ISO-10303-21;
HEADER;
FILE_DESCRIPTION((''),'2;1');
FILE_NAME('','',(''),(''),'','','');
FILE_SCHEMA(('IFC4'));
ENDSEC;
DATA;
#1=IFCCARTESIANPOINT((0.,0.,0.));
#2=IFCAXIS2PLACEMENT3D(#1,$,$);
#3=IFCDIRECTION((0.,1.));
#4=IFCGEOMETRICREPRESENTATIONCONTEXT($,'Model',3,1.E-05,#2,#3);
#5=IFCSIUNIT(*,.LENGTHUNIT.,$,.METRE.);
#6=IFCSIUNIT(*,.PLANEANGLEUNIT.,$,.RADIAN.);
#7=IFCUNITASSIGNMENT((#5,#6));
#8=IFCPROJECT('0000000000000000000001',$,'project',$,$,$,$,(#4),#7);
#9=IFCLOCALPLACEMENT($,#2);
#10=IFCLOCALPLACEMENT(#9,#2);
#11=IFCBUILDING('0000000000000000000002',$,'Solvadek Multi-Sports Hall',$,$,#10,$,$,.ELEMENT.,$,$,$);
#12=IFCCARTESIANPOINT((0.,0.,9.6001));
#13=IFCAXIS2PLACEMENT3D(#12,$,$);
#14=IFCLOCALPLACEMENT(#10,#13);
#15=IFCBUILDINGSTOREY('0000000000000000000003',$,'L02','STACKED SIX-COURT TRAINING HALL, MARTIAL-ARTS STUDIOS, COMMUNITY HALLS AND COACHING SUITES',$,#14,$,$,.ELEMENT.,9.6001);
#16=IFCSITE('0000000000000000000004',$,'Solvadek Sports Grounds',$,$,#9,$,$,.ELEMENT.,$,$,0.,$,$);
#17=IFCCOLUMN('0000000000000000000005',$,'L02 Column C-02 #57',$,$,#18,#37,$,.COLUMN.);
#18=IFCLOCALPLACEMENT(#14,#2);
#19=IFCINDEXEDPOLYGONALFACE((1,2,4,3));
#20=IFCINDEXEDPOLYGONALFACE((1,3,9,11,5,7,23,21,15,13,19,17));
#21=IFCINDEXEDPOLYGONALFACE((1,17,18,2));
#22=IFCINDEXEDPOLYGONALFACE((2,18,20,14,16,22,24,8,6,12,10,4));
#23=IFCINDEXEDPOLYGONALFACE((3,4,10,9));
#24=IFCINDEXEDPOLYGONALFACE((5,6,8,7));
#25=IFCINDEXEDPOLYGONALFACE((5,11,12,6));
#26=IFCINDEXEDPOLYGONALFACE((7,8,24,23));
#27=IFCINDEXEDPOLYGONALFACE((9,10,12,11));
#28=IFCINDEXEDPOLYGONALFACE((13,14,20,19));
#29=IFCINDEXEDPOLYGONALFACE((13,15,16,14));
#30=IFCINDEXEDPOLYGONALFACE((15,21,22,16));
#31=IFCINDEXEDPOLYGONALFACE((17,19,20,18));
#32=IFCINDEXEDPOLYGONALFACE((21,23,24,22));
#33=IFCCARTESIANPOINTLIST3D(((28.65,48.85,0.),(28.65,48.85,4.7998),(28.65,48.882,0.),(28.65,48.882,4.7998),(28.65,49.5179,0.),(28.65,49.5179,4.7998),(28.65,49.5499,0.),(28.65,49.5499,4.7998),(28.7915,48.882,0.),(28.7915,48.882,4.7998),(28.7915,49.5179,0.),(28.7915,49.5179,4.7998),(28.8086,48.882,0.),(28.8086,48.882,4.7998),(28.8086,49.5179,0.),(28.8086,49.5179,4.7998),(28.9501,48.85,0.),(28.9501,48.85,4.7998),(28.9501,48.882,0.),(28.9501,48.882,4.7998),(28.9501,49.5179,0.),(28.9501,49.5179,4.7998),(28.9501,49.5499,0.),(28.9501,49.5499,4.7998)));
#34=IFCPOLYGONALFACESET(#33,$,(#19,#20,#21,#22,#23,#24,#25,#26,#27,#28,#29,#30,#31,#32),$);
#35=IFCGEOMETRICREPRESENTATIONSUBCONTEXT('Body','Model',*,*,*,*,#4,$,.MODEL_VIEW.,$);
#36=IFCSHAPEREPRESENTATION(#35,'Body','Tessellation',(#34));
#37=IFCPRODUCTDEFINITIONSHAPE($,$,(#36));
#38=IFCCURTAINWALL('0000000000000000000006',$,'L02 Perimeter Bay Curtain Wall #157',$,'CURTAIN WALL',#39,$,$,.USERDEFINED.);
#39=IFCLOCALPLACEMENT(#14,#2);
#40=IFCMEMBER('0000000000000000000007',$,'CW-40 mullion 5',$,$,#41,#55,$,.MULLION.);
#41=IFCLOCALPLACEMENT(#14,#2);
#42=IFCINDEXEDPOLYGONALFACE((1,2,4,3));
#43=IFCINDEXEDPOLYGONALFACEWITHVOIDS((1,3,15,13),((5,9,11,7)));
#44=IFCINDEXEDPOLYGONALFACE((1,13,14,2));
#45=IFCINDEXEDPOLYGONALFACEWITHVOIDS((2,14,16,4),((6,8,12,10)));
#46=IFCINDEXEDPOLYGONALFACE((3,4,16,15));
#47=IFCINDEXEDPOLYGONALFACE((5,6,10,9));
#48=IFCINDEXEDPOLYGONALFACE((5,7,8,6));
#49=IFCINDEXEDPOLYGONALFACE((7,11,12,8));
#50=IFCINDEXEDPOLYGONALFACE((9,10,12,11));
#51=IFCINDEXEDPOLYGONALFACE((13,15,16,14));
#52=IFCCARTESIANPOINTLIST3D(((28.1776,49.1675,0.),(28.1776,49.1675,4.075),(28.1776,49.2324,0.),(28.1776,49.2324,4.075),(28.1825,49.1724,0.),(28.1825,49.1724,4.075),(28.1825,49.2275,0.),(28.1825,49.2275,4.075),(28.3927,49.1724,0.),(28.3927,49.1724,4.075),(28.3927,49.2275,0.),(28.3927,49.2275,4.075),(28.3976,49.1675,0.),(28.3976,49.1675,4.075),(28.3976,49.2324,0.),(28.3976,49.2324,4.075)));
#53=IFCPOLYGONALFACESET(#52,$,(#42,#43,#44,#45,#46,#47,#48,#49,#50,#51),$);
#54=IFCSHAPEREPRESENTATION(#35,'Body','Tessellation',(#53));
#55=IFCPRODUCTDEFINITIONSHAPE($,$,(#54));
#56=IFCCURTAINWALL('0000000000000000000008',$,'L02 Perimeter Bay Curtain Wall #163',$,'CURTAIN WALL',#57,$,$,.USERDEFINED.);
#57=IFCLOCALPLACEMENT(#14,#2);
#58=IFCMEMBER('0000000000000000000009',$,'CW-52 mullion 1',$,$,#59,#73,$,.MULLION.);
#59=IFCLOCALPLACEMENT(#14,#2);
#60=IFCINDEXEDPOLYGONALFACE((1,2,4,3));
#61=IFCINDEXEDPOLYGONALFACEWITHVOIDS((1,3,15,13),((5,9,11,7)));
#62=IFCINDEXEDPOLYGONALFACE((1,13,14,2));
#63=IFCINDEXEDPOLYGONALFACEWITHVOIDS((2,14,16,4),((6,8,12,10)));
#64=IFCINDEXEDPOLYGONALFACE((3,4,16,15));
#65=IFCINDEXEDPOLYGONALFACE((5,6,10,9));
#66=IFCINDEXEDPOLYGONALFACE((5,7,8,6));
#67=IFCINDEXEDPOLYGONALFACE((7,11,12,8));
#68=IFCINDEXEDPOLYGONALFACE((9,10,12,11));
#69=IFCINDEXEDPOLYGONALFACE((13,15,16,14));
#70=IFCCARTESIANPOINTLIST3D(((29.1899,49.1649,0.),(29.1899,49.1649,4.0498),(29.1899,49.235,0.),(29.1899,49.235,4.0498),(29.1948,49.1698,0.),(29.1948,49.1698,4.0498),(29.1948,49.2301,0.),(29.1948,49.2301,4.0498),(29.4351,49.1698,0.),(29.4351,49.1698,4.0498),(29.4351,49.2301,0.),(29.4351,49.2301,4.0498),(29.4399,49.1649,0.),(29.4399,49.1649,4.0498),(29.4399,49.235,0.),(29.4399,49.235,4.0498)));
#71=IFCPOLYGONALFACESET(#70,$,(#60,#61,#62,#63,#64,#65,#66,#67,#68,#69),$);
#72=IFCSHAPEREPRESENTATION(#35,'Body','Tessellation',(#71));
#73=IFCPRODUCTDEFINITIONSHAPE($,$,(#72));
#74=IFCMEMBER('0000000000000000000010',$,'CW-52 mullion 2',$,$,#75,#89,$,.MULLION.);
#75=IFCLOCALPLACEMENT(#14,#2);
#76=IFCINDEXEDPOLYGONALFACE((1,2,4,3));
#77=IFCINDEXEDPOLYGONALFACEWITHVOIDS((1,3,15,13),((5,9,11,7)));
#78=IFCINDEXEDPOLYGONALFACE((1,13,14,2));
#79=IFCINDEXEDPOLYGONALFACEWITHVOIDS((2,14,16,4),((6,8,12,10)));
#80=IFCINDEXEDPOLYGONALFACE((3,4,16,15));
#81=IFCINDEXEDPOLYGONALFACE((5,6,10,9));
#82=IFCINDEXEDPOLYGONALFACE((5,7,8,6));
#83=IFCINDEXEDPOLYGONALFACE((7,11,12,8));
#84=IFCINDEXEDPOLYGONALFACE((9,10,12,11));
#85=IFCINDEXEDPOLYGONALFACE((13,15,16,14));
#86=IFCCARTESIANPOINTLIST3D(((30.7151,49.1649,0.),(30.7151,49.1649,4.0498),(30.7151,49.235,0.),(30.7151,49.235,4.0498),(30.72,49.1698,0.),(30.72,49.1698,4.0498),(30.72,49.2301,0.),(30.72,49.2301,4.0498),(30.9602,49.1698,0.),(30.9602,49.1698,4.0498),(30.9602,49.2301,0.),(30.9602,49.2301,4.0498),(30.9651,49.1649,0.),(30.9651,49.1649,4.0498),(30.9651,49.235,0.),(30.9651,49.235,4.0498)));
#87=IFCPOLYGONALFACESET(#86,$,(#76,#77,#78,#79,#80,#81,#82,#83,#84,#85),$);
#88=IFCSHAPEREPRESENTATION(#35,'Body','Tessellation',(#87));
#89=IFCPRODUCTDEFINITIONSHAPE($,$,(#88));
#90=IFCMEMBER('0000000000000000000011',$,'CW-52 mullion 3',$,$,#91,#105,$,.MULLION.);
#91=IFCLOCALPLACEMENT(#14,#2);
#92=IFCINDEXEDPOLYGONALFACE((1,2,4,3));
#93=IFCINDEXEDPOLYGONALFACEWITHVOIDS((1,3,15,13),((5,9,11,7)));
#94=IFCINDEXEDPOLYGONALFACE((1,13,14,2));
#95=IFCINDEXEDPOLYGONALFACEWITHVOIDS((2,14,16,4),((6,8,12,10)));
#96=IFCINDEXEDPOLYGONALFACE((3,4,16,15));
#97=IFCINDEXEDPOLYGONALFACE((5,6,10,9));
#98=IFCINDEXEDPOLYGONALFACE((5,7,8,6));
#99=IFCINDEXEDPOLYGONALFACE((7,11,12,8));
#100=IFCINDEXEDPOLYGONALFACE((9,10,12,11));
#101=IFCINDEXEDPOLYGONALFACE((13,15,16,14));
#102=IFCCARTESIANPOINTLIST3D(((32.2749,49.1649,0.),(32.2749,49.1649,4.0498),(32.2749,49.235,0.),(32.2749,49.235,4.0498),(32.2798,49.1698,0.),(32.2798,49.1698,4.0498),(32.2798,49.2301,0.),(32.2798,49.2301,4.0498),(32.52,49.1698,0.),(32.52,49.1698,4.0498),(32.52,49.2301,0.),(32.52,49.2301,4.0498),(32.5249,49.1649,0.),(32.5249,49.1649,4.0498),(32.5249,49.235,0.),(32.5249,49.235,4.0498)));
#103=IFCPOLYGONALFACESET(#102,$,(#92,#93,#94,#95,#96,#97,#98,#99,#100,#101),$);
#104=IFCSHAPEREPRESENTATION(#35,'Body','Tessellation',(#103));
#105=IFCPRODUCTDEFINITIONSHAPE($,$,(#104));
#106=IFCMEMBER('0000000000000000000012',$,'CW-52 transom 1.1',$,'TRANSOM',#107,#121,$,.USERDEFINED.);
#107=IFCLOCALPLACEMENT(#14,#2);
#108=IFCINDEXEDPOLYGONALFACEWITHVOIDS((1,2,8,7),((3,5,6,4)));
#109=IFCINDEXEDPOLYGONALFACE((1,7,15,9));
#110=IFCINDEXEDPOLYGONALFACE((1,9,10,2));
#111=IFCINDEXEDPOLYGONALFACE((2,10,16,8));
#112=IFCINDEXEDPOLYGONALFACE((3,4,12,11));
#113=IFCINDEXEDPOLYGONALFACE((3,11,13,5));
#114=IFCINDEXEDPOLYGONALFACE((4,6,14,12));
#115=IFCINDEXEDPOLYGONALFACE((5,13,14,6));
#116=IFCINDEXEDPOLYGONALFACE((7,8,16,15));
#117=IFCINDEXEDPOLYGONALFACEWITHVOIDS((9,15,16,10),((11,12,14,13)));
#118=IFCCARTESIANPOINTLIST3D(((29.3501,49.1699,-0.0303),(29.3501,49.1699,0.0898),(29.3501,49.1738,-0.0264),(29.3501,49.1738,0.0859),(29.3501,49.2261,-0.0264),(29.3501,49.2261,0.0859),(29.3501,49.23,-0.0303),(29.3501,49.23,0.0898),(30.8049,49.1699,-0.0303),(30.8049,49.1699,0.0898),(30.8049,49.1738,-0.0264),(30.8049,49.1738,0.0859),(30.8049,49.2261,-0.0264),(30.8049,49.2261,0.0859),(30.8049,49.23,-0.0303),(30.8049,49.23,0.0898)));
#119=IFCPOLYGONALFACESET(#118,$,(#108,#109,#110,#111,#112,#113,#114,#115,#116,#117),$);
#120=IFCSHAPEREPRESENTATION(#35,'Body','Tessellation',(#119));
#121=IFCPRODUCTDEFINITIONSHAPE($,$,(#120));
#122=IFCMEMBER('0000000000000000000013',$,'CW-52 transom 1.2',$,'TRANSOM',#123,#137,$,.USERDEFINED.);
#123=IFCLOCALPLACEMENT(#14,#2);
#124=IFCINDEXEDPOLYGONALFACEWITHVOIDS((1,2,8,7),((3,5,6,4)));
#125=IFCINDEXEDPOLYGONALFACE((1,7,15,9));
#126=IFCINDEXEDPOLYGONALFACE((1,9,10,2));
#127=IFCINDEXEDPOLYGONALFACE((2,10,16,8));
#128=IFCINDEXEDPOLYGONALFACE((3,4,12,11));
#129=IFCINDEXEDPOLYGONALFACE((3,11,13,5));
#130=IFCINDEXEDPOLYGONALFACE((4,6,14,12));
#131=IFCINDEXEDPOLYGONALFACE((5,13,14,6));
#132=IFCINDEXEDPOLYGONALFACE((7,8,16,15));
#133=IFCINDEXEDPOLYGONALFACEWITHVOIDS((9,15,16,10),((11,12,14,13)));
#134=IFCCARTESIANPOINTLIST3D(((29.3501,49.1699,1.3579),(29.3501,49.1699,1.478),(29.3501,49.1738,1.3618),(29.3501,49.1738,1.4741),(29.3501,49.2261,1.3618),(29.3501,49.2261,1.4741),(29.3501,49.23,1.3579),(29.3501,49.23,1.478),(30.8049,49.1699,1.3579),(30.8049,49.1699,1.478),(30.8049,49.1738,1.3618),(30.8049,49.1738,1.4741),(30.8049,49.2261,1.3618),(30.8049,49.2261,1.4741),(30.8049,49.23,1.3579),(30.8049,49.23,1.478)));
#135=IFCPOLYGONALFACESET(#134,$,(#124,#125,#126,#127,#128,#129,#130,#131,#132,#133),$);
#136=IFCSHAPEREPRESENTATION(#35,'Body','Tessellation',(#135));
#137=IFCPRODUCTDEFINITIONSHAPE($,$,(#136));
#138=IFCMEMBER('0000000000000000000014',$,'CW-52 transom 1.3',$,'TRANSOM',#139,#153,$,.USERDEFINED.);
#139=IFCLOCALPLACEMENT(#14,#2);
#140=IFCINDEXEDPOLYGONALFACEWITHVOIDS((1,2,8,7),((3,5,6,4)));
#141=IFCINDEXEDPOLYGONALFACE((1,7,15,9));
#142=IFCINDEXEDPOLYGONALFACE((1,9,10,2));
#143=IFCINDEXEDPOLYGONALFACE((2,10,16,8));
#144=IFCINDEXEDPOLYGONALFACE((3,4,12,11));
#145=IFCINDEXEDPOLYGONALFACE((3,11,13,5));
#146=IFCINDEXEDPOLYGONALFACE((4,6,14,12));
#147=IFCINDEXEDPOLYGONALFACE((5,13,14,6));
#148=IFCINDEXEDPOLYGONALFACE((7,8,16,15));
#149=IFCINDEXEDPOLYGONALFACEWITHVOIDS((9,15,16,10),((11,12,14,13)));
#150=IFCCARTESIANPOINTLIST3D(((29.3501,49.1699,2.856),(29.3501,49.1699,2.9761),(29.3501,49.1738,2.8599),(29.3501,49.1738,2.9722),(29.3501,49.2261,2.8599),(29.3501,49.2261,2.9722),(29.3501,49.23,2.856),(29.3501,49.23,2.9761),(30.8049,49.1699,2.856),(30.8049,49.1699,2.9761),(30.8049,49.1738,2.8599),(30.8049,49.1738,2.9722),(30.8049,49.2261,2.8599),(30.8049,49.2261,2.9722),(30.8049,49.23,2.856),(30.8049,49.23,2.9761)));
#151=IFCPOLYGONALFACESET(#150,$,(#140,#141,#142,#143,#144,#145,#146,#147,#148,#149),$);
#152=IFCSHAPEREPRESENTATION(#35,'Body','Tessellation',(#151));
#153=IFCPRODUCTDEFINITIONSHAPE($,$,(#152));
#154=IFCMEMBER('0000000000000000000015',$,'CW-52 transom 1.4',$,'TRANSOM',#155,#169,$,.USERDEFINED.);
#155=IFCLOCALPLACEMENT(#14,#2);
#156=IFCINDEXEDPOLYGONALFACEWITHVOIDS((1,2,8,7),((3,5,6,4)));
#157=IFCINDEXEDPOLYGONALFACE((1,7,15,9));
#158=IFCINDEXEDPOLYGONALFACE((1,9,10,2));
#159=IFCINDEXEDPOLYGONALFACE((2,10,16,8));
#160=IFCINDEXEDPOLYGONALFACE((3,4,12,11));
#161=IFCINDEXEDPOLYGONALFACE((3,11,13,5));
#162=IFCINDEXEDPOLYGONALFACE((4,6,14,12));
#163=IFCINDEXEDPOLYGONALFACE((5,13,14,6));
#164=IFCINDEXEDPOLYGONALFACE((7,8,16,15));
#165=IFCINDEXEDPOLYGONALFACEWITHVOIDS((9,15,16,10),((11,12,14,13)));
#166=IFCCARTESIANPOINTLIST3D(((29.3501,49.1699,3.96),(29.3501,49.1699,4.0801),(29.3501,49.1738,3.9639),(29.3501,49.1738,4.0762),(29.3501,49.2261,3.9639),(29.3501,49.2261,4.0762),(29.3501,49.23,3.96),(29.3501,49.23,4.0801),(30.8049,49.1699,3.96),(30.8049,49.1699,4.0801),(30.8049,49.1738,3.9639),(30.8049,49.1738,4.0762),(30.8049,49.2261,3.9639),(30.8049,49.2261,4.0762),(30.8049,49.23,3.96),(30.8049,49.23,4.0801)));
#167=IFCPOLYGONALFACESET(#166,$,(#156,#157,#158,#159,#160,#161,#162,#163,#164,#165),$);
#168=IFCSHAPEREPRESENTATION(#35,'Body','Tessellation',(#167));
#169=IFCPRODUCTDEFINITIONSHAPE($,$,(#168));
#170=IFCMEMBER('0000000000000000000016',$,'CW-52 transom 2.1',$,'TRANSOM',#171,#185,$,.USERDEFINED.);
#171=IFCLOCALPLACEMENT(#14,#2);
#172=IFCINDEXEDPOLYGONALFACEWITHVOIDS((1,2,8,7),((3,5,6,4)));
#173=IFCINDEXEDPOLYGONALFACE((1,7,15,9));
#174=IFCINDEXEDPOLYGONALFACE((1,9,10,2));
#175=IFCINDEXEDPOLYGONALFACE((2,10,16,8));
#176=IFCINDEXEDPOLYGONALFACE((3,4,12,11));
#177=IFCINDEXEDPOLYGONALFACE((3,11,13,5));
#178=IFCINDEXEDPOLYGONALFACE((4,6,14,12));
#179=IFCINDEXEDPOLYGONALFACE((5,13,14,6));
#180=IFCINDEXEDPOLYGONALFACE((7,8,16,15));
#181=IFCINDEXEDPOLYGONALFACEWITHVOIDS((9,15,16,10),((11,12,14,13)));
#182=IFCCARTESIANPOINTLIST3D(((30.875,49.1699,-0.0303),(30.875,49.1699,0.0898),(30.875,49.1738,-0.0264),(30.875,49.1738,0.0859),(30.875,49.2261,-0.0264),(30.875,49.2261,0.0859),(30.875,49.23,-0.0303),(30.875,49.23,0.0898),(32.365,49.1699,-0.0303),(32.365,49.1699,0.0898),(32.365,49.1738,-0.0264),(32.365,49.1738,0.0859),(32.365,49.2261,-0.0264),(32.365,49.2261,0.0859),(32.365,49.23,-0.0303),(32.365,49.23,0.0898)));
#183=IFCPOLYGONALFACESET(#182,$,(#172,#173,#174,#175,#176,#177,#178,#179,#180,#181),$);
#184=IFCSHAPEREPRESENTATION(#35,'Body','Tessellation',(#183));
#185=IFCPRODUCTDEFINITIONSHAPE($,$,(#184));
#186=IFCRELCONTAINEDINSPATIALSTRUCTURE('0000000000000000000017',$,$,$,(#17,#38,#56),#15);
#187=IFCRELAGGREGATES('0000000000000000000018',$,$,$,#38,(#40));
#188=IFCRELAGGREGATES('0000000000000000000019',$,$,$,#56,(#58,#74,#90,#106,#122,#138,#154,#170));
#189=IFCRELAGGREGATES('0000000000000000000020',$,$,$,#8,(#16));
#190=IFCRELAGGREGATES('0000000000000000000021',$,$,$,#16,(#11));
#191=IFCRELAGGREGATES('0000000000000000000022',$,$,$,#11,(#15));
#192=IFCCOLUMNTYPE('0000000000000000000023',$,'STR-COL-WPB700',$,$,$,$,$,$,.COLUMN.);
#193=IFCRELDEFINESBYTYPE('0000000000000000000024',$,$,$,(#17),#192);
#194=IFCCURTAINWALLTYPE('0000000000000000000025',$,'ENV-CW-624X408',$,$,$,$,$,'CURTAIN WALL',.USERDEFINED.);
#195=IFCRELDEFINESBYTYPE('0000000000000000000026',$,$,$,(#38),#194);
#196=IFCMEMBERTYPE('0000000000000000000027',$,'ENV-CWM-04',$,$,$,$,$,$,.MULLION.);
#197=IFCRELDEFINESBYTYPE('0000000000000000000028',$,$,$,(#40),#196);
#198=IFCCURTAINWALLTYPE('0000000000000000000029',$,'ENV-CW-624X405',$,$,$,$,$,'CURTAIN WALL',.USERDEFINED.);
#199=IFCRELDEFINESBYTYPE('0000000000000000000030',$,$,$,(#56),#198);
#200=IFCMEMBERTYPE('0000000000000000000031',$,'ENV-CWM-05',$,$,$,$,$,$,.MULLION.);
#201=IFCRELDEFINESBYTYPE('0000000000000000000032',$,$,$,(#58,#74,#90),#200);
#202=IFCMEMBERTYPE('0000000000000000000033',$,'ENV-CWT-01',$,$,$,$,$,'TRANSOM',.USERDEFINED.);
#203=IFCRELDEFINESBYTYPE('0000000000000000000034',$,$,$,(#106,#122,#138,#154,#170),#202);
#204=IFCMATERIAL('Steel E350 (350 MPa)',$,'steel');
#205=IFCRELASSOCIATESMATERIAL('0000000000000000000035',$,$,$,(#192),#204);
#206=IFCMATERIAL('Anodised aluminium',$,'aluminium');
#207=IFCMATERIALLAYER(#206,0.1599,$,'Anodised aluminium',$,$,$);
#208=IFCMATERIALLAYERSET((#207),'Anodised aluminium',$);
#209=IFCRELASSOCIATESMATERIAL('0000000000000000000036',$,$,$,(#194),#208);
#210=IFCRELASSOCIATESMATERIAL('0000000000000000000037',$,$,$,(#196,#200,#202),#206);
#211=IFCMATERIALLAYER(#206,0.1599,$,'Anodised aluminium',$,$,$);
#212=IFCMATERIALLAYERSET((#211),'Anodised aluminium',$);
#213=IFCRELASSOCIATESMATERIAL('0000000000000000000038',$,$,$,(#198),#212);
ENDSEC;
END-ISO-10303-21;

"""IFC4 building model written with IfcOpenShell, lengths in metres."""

from ifc_helpers import new_model, si_unit, direction, frame, origin, origin_2d, place, context, subcontext, project, spatial, hollow_rectangle, i_section, extrude, material, layer, layer_set, material_profile, profile_set, type_object, element, aggregate, save


model = new_model("IFC4")

# Units and contexts
model_context = context("Model", 3, precision=1e-05, world=origin(), true_north=direction((0.0, 1.0)))
body_context = subcontext(model_context, "Body", "Model", "MODEL_VIEW")
ifc_project = project(units=[si_unit("LENGTHUNIT", "METRE"), si_unit("PLANEANGLEUNIT", "RADIAN")], contexts=[model_context])

# Site, building, storey
site_placement = place(None, origin())
site = spatial("IfcSite", under=ifc_project, at=site_placement, Name="Solvadek Sports Grounds", CompositionType="ELEMENT", RefElevation=0.0)
building_placement = place(site_placement, origin())
building = spatial("IfcBuilding", under=site, at=building_placement, Name="Solvadek Multi-Sports Hall", CompositionType="ELEMENT")
storey_placement = place(building_placement, frame((0.0, 0.0, 9.6001)))
storey = spatial("IfcBuildingStorey", under=building, at=storey_placement, Name="L02", Description="STACKED SIX-COURT TRAINING HALL, MARTIAL-ARTS STUDIOS, COMMUNITY HALLS AND COACHING SUITES", CompositionType="ELEMENT", Elevation=9.6001)

# Column
ifc_material_1 = material(Name="Steel E350 (350 MPa)", Category="steel")
ifc_material_profile_1 = material_profile(ifc_material_1, i_section(OverallWidth=0.3, OverallDepth=0.7, WebThickness=0.0171, FlangeThickness=0.032, at=origin_2d()), Name="WPB 700")
ifc_profile_set_1 = profile_set([ifc_material_profile_1], Name="Steel E350 (350 MPa)")
column_type = type_object("IfcColumnType", Name="STR-COL-WPB700", PredefinedType="COLUMN", material=ifc_profile_set_1)
column_placement = place(storey_placement, frame((28.8, 49.2, 0.0), z_axis=(0.0, 0.0, 1.0), x_axis=(1.0, 0.0, 0.0)))
element("IfcColumn", 1, at=column_placement, inside=storey, type_object=column_type, Name="L02 Column C-02 #57", PredefinedType="COLUMN", context=body_context, shape_type="SweptSolid", body=[
    extrude(i_section(OverallWidth=0.3, OverallDepth=0.7, WebThickness=0.0171, FlangeThickness=0.032, at=origin_2d()), origin(), (0.0, 0.0, 1.0), 4.7998),
])

# Curtain wall, member
ifc_material_2 = material(Name="Anodised aluminium", Category="aluminium")
ifc_layer_1 = layer(ifc_material_2, 0.1599, Name="Anodised aluminium")
ifc_layer_set_1 = layer_set([ifc_layer_1], Name="Anodised aluminium")
curtain_wall_type_1 = type_object("IfcCurtainWallType", Name="ENV-CW-624X408", ElementType="CURTAIN WALL", PredefinedType="USERDEFINED", material=ifc_layer_set_1)
curtain_wall_1_placement = place(storey_placement, origin())
curtain_wall_1 = element("IfcCurtainWall", 2, at=curtain_wall_1_placement, inside=storey, type_object=curtain_wall_type_1, Name="L02 Perimeter Bay Curtain Wall #157", ObjectType="CURTAIN WALL", PredefinedType="USERDEFINED")
ifc_material_profile_2 = material_profile(ifc_material_2, hollow_rectangle(XDim=0.0649, YDim=0.22, WallThickness=0.0049, at=origin_2d()), Name="ALU-M 220x65x5")
ifc_profile_set_2 = profile_set([ifc_material_profile_2], Name="Anodised aluminium")
member_type_1 = type_object("IfcMemberType", Name="ENV-CWM-04", PredefinedType="MULLION", material=ifc_profile_set_2)
member_1_placement = place(storey_placement, frame((28.2876, 49.2, 0.0), z_axis=(0.0, 0.0, 1.0), x_axis=(0.0, 1.0, 0.0)))
member_1 = element("IfcMember", 3, at=member_1_placement, type_object=member_type_1, Name="CW-40 mullion 5", PredefinedType="MULLION", context=body_context, shape_type="SweptSolid", body=[
    extrude(hollow_rectangle(XDim=0.0649, YDim=0.22, WallThickness=0.0049, at=origin_2d()), origin(), (0.0, 0.0, 1.0), 4.075),
])

# Curtain wall, members
ifc_layer_2 = layer(ifc_material_2, 0.1599, Name="Anodised aluminium")
ifc_layer_set_2 = layer_set([ifc_layer_2], Name="Anodised aluminium")
curtain_wall_type_2 = type_object("IfcCurtainWallType", Name="ENV-CW-624X405", ElementType="CURTAIN WALL", PredefinedType="USERDEFINED", material=ifc_layer_set_2)
curtain_wall_2_placement = place(storey_placement, origin())
curtain_wall_2 = element("IfcCurtainWall", 4, at=curtain_wall_2_placement, inside=storey, type_object=curtain_wall_type_2, Name="L02 Perimeter Bay Curtain Wall #163", ObjectType="CURTAIN WALL", PredefinedType="USERDEFINED")
ifc_material_profile_3 = material_profile(ifc_material_2, hollow_rectangle(XDim=0.0701, YDim=0.25, WallThickness=0.0049, at=origin_2d()), Name="ALU-M 250x70x5")
ifc_profile_set_3 = profile_set([ifc_material_profile_3], Name="Anodised aluminium")
member_type_2 = type_object("IfcMemberType", Name="ENV-CWM-05", PredefinedType="MULLION", material=ifc_profile_set_3)
member_2_placement = place(storey_placement, frame((29.3149, 49.2, 0.0), z_axis=(0.0, 0.0, 1.0), x_axis=(0.0, 1.0, 0.0)))
member_2 = element("IfcMember", 5, at=member_2_placement, type_object=member_type_2, Name="CW-52 mullion 1", PredefinedType="MULLION", context=body_context, shape_type="SweptSolid", body=[
    extrude(hollow_rectangle(XDim=0.0701, YDim=0.25, WallThickness=0.0049, at=origin_2d()), origin(), (0.0, 0.0, 1.0), 4.0498),
])
member_3_placement = place(storey_placement, frame((30.8401, 49.2, 0.0), z_axis=(0.0, 0.0, 1.0), x_axis=(0.0, 1.0, 0.0)))
member_3 = element("IfcMember", 6, at=member_3_placement, type_object=member_type_2, Name="CW-52 mullion 2", PredefinedType="MULLION", context=body_context, shape_type="SweptSolid", body=[
    extrude(hollow_rectangle(XDim=0.0701, YDim=0.25, WallThickness=0.0049, at=origin_2d()), origin(), (0.0, 0.0, 1.0), 4.0498),
])
member_4_placement = place(storey_placement, frame((32.3999, 49.2, 0.0), z_axis=(0.0, 0.0, 1.0), x_axis=(0.0, 1.0, 0.0)))
member_4 = element("IfcMember", 7, at=member_4_placement, type_object=member_type_2, Name="CW-52 mullion 3", PredefinedType="MULLION", context=body_context, shape_type="SweptSolid", body=[
    extrude(hollow_rectangle(XDim=0.0701, YDim=0.25, WallThickness=0.0049, at=origin_2d()), origin(), (0.0, 0.0, 1.0), 4.0498),
])
ifc_material_profile_4 = material_profile(ifc_material_2, hollow_rectangle(XDim=0.0601, YDim=0.1201, WallThickness=0.0039, at=origin_2d()), Name="ALU-T 120x60x4")
ifc_profile_set_4 = profile_set([ifc_material_profile_4], Name="Anodised aluminium")
member_type_3 = type_object("IfcMemberType", Name="ENV-CWT-01", ElementType="TRANSOM", PredefinedType="USERDEFINED", material=ifc_profile_set_4)
member_5_placement = place(storey_placement, frame((29.3501, 49.2, 0.0298), z_axis=(1.0, 0.0, 0.0), x_axis=(0.0, 1.0, 0.0)))
member_5 = element("IfcMember", 8, at=member_5_placement, type_object=member_type_3, Name="CW-52 transom 1.1", ObjectType="TRANSOM", PredefinedType="USERDEFINED", context=body_context, shape_type="SweptSolid", body=[
    extrude(hollow_rectangle(XDim=0.0601, YDim=0.1201, WallThickness=0.0039, at=origin_2d()), origin(), (0.0, 0.0, 1.0), 1.4548),
])
member_6_placement = place(storey_placement, frame((29.3501, 49.2, 1.418), z_axis=(1.0, 0.0, 0.0), x_axis=(0.0, 1.0, 0.0)))
member_6 = element("IfcMember", 9, at=member_6_placement, type_object=member_type_3, Name="CW-52 transom 1.2", ObjectType="TRANSOM", PredefinedType="USERDEFINED", context=body_context, shape_type="SweptSolid", body=[
    extrude(hollow_rectangle(XDim=0.0601, YDim=0.1201, WallThickness=0.0039, at=origin_2d()), origin(), (0.0, 0.0, 1.0), 1.4548),
])
member_7_placement = place(storey_placement, frame((29.3501, 49.2, 2.916), z_axis=(1.0, 0.0, 0.0), x_axis=(0.0, 1.0, 0.0)))
member_7 = element("IfcMember", 10, at=member_7_placement, type_object=member_type_3, Name="CW-52 transom 1.3", ObjectType="TRANSOM", PredefinedType="USERDEFINED", context=body_context, shape_type="SweptSolid", body=[
    extrude(hollow_rectangle(XDim=0.0601, YDim=0.1201, WallThickness=0.0039, at=origin_2d()), origin(), (0.0, 0.0, 1.0), 1.4548),
])
member_8_placement = place(storey_placement, frame((29.3501, 49.2, 4.02), z_axis=(1.0, 0.0, 0.0), x_axis=(0.0, 1.0, 0.0)))
member_8 = element("IfcMember", 11, at=member_8_placement, type_object=member_type_3, Name="CW-52 transom 1.4", ObjectType="TRANSOM", PredefinedType="USERDEFINED", context=body_context, shape_type="SweptSolid", body=[
    extrude(hollow_rectangle(XDim=0.0601, YDim=0.1201, WallThickness=0.0039, at=origin_2d()), origin(), (0.0, 0.0, 1.0), 1.4548),
])
member_9_placement = place(storey_placement, frame((30.875, 49.2, 0.0298), z_axis=(1.0, 0.0, 0.0), x_axis=(0.0, 1.0, 0.0)))
member_9 = element("IfcMember", 12, at=member_9_placement, type_object=member_type_3, Name="CW-52 transom 2.1", ObjectType="TRANSOM", PredefinedType="USERDEFINED", context=body_context, shape_type="SweptSolid", body=[
    extrude(hollow_rectangle(XDim=0.0601, YDim=0.1201, WallThickness=0.0039, at=origin_2d()), origin(), (0.0, 0.0, 1.0), 1.49),
])

aggregate(curtain_wall_1, [member_1])
aggregate(curtain_wall_2, [member_2, member_3, member_4, member_5, member_6, member_7, member_8, member_9])

save(model, "model.ifc")
